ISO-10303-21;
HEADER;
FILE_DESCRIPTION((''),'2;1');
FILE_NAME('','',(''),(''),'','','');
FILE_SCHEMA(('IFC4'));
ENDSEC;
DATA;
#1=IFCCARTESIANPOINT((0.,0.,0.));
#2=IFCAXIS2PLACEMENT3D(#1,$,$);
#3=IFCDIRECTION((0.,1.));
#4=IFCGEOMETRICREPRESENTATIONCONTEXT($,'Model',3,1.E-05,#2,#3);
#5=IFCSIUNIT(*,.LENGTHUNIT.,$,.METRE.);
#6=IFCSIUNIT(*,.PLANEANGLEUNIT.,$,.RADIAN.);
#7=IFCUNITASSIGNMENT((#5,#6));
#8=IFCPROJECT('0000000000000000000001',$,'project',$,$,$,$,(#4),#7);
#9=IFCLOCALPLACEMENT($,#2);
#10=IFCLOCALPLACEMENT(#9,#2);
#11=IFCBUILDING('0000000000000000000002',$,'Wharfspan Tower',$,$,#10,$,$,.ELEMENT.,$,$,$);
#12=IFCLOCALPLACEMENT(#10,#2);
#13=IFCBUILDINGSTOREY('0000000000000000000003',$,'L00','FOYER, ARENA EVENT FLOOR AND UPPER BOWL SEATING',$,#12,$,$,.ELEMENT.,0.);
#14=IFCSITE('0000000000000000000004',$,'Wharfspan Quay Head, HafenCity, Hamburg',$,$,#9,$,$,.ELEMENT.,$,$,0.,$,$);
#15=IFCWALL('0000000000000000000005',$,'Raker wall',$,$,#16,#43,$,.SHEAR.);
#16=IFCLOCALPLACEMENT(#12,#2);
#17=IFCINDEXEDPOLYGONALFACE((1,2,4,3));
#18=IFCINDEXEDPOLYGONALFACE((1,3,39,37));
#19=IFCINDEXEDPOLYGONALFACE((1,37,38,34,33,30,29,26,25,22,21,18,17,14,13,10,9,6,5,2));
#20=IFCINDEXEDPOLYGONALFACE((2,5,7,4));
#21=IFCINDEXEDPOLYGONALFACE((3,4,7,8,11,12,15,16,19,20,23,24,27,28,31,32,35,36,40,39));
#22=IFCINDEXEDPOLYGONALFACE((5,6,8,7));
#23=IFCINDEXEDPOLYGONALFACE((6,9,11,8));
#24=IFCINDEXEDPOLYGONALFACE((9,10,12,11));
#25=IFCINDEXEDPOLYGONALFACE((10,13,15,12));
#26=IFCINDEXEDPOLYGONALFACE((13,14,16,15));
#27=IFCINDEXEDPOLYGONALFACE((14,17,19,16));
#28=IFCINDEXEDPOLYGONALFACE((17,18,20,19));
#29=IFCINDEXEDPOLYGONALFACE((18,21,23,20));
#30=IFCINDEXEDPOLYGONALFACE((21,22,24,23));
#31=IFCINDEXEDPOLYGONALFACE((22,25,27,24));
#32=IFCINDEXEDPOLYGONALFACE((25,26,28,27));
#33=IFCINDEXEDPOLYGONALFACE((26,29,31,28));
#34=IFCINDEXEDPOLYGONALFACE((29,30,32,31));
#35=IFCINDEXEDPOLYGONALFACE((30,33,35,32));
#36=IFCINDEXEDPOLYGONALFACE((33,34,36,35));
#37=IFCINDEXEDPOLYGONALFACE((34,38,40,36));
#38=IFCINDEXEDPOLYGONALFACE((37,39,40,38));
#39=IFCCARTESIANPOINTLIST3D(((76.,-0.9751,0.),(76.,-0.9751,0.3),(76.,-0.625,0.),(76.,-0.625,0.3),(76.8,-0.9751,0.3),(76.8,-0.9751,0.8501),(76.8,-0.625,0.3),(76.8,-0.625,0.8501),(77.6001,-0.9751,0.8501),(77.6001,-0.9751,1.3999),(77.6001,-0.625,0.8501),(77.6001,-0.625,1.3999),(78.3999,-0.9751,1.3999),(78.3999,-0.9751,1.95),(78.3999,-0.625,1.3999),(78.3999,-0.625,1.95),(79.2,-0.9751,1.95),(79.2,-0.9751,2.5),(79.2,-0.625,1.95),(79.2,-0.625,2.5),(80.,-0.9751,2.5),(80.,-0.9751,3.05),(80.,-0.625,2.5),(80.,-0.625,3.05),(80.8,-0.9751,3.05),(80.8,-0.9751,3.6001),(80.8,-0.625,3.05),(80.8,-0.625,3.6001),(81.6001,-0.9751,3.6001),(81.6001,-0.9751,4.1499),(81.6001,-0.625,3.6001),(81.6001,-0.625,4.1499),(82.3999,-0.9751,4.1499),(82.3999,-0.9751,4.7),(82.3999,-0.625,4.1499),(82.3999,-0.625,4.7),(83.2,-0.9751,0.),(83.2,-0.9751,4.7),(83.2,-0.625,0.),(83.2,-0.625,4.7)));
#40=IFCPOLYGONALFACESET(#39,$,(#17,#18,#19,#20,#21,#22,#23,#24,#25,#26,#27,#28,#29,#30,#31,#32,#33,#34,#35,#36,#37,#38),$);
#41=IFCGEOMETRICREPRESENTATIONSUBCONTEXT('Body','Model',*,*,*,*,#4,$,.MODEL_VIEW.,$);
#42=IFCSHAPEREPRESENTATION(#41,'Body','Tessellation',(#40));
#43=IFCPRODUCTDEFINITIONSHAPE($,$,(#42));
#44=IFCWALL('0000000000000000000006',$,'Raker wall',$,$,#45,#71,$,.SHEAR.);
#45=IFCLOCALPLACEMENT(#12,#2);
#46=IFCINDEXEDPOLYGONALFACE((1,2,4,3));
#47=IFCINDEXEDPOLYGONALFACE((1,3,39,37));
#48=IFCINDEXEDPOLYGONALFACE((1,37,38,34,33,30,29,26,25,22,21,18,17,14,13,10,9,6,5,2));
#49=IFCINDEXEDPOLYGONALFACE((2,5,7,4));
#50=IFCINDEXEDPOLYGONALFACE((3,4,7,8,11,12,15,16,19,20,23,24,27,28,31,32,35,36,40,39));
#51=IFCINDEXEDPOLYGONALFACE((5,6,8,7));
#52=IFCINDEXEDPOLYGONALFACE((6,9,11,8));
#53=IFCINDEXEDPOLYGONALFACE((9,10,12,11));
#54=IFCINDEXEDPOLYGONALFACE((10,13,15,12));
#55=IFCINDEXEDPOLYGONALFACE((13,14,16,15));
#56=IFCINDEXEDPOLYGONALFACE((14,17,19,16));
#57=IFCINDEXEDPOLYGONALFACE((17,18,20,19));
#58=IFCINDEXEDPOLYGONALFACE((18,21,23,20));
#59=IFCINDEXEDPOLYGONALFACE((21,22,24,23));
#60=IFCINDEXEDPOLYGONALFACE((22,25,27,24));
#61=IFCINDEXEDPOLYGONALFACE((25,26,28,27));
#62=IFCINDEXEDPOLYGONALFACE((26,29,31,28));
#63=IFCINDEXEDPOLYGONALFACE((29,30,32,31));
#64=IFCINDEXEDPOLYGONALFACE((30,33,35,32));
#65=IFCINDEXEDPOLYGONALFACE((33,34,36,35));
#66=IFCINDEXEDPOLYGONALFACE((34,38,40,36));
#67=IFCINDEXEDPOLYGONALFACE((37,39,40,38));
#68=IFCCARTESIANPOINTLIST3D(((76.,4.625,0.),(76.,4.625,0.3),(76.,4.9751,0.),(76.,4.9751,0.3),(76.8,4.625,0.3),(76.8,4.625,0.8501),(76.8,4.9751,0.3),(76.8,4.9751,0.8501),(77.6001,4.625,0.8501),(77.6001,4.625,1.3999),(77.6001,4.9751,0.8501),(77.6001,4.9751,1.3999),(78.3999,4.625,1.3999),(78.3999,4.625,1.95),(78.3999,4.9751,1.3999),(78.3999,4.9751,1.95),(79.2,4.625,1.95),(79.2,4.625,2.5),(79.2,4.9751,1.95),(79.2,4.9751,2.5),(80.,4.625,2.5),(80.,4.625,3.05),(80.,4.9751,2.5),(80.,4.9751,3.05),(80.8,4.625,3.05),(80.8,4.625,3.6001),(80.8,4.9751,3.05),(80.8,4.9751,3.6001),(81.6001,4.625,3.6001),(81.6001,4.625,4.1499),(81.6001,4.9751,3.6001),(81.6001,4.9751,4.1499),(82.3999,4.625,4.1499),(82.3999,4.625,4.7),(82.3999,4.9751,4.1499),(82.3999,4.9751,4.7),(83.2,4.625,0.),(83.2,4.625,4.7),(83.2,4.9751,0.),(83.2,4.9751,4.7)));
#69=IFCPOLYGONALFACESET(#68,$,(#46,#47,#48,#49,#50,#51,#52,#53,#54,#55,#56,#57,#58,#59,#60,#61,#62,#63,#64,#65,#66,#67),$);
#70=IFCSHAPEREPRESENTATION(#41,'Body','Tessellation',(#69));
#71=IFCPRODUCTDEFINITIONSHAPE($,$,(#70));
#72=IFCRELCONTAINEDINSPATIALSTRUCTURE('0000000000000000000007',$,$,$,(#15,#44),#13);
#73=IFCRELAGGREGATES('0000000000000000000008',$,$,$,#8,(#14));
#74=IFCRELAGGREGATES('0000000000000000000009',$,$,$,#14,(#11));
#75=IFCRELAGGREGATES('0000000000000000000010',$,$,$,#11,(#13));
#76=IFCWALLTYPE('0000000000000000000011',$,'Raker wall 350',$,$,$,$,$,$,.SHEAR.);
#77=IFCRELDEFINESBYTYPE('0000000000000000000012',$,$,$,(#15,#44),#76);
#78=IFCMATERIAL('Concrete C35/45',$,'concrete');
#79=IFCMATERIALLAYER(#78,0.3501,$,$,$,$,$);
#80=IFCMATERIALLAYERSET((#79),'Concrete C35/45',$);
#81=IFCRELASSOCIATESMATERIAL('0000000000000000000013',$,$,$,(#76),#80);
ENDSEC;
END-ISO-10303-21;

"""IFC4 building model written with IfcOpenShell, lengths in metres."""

from ifc_helpers import new_model, si_unit, direction, frame, origin, place, context, subcontext, project, spatial, polyline, outline, extrude, material, layer, layer_set, type_object, element, save


model = new_model("IFC4")

# Units and contexts
model_context = context("Model", 3, precision=1e-05, world=origin(), true_north=direction((0.0, 1.0)))
body_context = subcontext(model_context, "Body", "Model", "MODEL_VIEW")
ifc_project = project(units=[si_unit("LENGTHUNIT", "METRE"), si_unit("PLANEANGLEUNIT", "RADIAN")], contexts=[model_context])

# Site, building, storey
site_placement = place(None, origin())
site = spatial("IfcSite", under=ifc_project, at=site_placement, Name="Wharfspan Quay Head, HafenCity, Hamburg", CompositionType="ELEMENT", RefElevation=0.0)
building_placement = place(site_placement, origin())
building = spatial("IfcBuilding", under=site, at=building_placement, Name="Wharfspan Tower", CompositionType="ELEMENT")
storey_placement = place(building_placement, origin())
storey = spatial("IfcBuildingStorey", under=building, at=storey_placement, Name="L00", Description="FOYER, ARENA EVENT FLOOR AND UPPER BOWL SEATING", CompositionType="ELEMENT", Elevation=0.0)

# Walls
ifc_material_1 = material(Name="Concrete C35/45", Category="concrete")
ifc_layer_1 = layer(ifc_material_1, 0.3501)
ifc_layer_set_1 = layer_set([ifc_layer_1], Name="Concrete C35/45")
wall_type_1 = type_object("IfcWallType", Name="Raker wall 350", PredefinedType="SHEAR", material=ifc_layer_set_1)
for number, where, z_axis, x_axis, name in (
    (1, (76.0, -0.8, 0.0), (0.0, 0.0, 1.0), (1.0, 0.0, 0.0), "Raker wall"),
    (2, (76.0, 4.8, 0.0), (0.0, 0.0, 1.0), (1.0, 0.0, 0.0), "Raker wall"),
):
    element("IfcWall", number, at=place(storey_placement, frame(where, z_axis=z_axis, x_axis=x_axis)), inside=storey, type_object=wall_type_1, Name=name, PredefinedType="SHEAR", context=body_context, shape_type="SweptSolid", body=[
        extrude(outline(polyline([(0.0, 0.0), (7.2, 0.0), (7.2, 4.7), (6.3999, 4.7), (6.3999, 4.1499), (5.6001, 4.1499), (5.6001, 3.6001), (4.8, 3.6001), (4.8, 3.05), (4.0, 3.05), (4.0, 2.5), (3.2, 2.5), (3.2, 1.95), (2.3999, 1.95), (2.3999, 1.3999), (1.6001, 1.3999), (1.6001, 0.8501), (0.8, 0.8501), (0.8, 0.3), (0.0, 0.3), (0.0, 0.0)])), frame((0.0, 0.175, 0.0), z_axis=(0.0, -1.0, 0.0), x_axis=(1.0, 0.0, 0.0)), (0.0, 0.0, 1.0), 0.3501),
    ])

save(model, "model.ifc")
